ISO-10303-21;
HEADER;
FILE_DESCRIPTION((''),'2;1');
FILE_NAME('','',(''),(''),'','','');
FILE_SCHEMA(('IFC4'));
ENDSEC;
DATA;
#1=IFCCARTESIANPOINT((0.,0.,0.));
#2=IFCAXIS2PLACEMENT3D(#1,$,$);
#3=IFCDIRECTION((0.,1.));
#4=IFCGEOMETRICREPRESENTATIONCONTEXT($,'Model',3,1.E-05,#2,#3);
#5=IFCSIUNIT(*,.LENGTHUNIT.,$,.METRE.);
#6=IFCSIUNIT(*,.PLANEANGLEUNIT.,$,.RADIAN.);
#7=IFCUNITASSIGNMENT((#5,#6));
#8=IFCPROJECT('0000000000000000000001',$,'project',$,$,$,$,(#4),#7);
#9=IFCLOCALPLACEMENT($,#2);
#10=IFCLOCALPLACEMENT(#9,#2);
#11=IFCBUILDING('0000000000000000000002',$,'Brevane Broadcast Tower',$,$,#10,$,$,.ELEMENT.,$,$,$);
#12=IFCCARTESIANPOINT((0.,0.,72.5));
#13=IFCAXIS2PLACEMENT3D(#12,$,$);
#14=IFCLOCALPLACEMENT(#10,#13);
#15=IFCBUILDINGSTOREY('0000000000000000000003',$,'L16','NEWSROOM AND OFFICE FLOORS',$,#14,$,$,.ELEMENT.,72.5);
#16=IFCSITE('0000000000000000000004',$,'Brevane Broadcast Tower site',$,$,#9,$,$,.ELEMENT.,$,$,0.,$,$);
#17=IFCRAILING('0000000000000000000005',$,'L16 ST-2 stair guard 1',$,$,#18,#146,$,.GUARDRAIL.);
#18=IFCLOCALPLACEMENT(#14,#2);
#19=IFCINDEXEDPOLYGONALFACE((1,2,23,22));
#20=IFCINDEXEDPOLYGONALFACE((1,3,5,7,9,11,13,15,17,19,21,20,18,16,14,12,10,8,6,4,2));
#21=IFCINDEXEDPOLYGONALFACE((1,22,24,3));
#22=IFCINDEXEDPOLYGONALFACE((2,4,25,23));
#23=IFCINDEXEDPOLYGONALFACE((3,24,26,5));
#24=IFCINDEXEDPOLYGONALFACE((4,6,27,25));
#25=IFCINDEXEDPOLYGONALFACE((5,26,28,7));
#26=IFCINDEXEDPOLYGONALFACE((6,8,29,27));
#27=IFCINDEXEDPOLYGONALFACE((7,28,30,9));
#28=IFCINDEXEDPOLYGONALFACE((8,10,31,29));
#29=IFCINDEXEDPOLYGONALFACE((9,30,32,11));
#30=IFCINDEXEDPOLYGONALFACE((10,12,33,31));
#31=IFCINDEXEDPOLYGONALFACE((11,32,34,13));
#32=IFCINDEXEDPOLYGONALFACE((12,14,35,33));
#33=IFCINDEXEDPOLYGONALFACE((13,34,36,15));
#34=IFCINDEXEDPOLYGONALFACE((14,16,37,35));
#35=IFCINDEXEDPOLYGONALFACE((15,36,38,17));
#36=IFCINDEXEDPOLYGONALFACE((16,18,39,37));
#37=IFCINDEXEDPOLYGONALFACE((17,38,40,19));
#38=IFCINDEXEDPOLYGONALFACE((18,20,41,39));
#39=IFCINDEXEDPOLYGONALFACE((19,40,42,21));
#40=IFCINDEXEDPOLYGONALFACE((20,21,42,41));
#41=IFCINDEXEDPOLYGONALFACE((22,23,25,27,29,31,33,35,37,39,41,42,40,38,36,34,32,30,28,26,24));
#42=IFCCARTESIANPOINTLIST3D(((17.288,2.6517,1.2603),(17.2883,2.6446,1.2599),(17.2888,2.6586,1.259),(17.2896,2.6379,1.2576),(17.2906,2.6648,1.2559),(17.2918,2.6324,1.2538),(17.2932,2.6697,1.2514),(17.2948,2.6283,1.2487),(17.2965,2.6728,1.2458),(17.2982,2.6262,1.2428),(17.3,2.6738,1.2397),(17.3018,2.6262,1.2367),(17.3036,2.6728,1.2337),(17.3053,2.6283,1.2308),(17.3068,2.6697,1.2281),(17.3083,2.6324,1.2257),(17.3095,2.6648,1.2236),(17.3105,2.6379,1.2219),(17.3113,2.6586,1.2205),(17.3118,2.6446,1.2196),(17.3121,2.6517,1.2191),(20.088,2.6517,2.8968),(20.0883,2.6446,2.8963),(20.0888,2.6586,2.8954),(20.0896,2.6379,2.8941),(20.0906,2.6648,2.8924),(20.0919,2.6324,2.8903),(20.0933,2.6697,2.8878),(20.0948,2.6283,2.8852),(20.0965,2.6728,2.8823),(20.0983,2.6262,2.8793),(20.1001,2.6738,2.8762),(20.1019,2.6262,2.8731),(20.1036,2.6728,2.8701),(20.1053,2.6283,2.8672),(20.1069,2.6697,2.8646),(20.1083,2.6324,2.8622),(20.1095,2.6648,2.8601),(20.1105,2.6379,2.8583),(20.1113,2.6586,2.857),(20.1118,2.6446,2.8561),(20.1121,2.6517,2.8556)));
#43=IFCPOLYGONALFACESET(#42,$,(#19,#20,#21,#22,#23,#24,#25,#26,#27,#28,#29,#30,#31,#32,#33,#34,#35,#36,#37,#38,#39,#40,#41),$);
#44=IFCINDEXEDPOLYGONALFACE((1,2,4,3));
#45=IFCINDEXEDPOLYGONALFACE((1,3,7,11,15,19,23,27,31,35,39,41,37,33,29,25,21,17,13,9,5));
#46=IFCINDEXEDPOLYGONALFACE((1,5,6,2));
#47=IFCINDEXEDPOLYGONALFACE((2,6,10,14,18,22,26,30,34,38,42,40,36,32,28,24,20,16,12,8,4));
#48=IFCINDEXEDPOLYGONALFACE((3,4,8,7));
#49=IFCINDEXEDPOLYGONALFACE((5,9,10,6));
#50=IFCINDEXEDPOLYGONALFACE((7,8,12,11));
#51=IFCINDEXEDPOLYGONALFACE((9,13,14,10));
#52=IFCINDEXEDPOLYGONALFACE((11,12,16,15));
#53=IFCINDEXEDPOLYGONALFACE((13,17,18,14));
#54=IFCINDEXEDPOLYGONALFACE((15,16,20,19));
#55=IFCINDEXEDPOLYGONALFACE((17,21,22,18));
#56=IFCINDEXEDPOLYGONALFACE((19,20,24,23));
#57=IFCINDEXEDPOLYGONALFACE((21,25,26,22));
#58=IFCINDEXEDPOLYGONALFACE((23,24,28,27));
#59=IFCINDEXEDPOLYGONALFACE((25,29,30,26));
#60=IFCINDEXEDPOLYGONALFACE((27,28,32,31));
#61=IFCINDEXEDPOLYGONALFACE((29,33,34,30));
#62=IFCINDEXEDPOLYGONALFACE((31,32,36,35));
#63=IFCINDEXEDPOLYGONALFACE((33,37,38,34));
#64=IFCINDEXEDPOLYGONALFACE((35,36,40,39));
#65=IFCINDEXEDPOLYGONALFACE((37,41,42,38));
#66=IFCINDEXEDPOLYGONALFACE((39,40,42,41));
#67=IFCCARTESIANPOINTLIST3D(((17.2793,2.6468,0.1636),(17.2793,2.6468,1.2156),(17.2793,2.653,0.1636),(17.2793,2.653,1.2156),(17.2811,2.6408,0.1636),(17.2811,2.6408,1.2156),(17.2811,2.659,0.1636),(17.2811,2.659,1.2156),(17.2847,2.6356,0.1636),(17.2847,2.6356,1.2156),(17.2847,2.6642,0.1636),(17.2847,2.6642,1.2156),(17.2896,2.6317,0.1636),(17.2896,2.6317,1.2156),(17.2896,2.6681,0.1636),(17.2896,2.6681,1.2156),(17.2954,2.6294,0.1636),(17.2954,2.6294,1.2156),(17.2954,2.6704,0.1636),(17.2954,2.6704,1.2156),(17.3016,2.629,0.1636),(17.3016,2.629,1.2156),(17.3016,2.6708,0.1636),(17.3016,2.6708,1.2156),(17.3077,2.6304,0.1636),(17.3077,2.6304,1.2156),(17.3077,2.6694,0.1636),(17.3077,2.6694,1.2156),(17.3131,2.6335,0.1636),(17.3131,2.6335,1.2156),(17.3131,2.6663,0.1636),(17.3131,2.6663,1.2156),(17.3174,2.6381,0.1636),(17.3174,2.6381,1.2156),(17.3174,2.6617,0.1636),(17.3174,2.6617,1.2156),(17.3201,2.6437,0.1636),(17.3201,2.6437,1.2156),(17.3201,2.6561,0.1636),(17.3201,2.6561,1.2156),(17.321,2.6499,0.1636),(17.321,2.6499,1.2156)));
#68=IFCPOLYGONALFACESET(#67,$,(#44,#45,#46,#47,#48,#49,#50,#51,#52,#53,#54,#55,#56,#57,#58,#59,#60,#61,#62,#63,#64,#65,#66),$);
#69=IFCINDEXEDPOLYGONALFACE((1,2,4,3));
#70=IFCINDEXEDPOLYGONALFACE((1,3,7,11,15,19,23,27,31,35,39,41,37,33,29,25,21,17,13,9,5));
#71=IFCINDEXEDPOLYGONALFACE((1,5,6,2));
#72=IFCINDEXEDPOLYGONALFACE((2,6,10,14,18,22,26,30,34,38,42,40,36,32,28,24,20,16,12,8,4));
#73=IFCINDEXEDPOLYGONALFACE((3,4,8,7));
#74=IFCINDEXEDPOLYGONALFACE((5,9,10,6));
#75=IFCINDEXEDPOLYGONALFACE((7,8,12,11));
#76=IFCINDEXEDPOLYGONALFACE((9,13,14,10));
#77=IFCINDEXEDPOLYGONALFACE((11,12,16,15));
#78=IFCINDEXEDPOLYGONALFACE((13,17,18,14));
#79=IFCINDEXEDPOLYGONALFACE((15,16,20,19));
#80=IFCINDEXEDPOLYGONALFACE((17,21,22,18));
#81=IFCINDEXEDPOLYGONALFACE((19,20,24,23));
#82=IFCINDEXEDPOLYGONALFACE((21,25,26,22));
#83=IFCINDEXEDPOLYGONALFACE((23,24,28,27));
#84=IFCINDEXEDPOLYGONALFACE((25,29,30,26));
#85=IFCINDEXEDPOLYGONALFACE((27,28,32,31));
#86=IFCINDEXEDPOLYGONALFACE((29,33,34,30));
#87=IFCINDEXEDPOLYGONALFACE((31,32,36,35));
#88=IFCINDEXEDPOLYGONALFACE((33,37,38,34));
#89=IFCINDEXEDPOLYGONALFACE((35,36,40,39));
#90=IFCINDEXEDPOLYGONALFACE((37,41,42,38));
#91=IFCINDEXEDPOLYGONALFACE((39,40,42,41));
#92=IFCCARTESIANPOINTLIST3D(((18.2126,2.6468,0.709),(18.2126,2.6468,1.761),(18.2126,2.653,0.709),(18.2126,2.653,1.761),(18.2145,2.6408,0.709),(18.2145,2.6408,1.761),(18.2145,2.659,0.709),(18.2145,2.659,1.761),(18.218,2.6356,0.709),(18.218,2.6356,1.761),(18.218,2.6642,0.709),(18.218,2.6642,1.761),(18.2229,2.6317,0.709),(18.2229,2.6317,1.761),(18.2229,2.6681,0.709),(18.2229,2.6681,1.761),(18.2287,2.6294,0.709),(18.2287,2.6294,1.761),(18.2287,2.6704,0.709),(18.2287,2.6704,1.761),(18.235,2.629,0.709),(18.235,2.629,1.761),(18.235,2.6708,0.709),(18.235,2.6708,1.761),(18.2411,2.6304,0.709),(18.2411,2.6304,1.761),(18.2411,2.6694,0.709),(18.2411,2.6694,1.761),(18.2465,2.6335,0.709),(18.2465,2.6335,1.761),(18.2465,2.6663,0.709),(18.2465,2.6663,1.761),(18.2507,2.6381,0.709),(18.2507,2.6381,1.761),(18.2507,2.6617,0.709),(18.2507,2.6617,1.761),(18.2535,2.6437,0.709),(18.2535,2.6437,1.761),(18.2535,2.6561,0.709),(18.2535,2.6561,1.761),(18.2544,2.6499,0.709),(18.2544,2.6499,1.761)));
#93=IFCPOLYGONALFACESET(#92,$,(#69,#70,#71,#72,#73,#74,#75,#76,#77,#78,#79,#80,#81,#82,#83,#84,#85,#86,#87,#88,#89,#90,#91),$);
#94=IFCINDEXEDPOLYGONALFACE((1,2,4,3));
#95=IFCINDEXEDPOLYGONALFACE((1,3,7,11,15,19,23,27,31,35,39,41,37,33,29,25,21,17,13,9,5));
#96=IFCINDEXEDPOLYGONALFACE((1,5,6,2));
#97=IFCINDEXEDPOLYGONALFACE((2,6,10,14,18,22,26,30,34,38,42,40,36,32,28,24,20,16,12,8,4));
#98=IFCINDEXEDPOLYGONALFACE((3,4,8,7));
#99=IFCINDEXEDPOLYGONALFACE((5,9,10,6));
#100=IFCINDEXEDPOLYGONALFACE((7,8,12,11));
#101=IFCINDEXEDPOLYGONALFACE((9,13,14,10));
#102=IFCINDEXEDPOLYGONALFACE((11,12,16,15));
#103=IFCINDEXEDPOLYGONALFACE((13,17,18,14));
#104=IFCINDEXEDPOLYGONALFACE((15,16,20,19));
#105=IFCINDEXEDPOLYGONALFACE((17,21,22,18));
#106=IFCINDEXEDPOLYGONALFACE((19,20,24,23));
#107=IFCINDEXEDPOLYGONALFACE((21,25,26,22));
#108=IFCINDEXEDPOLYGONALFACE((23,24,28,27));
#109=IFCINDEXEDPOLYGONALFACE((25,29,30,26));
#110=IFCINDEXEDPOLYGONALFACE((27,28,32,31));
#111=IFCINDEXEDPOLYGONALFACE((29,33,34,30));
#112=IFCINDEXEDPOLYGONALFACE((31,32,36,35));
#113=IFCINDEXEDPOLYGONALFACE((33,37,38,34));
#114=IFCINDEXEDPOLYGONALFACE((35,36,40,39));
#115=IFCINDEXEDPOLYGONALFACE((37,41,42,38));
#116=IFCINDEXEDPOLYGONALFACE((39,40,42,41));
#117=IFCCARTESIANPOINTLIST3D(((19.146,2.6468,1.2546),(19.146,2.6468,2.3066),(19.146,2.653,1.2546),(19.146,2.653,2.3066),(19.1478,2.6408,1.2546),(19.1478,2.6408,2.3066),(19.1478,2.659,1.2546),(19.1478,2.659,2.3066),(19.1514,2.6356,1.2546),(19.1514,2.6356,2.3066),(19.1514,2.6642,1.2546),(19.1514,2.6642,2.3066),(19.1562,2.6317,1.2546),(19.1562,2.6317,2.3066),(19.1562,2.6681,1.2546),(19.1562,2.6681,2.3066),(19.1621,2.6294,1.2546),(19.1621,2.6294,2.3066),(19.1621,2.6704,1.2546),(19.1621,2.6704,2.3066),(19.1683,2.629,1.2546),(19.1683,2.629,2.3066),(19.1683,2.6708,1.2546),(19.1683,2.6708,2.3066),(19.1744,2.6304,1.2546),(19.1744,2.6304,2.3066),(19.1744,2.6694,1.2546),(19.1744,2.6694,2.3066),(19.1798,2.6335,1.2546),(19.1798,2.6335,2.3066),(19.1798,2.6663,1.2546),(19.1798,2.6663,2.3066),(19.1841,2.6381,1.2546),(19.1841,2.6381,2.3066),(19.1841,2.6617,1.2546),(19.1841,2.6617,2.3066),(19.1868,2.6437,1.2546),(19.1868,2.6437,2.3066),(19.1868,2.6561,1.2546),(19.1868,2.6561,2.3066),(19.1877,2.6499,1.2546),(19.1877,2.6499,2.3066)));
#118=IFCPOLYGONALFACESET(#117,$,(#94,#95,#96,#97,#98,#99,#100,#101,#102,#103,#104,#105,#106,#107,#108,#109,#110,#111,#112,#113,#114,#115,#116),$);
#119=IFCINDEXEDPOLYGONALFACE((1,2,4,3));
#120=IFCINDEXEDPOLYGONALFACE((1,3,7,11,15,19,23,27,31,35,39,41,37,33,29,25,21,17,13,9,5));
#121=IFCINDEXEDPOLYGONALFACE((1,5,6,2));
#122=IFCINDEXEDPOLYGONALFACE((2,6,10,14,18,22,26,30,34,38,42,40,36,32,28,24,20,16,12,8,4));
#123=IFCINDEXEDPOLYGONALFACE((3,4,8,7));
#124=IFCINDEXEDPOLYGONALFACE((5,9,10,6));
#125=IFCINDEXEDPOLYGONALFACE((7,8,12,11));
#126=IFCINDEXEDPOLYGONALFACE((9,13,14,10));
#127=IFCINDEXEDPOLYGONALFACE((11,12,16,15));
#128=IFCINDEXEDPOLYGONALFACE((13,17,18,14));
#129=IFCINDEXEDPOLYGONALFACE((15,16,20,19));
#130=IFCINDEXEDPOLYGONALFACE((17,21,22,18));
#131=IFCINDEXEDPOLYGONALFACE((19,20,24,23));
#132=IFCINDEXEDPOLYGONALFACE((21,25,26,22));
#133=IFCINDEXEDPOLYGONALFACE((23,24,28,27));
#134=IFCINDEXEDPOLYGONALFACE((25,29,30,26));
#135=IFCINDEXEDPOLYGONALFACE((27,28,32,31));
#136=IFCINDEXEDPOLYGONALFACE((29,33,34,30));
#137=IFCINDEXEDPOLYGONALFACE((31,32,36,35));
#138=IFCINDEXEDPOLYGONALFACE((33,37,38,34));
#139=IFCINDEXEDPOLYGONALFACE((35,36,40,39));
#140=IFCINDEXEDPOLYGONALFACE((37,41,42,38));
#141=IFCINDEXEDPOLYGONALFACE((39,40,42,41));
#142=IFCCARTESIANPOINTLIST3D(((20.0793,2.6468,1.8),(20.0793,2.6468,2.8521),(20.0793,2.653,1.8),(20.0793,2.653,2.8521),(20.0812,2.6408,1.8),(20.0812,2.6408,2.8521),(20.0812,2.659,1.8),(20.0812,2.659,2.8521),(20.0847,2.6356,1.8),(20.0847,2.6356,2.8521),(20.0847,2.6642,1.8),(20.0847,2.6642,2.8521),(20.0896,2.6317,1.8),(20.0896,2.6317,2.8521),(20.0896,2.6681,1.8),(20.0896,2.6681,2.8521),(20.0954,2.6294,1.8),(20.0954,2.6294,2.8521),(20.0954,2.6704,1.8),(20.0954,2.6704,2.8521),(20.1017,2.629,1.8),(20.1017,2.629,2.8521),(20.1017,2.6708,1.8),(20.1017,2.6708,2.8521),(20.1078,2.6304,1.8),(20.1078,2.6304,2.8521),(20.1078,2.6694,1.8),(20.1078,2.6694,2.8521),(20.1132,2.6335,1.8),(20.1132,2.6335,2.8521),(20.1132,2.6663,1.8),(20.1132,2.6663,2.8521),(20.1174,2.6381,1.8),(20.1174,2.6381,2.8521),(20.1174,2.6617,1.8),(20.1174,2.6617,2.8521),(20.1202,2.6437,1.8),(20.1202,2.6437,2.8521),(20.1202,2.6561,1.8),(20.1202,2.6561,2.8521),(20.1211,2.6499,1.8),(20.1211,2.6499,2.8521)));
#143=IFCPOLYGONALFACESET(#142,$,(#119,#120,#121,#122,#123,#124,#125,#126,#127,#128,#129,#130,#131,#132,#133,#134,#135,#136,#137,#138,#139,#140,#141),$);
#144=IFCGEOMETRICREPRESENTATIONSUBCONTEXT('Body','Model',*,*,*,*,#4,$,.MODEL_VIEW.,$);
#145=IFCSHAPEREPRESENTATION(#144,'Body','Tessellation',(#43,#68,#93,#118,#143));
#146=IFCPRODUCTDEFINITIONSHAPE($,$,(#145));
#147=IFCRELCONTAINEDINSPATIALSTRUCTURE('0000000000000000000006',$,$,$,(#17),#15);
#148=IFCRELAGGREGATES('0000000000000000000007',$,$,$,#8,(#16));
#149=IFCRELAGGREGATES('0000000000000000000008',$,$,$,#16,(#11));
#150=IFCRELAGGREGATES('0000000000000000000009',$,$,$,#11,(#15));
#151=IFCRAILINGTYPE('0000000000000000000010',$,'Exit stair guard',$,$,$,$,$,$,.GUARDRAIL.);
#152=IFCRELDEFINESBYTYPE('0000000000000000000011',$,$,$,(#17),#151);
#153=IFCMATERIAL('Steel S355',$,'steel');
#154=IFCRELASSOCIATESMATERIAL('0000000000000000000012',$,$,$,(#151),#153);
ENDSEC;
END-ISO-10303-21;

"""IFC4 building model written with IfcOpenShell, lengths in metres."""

from ifc_helpers import new_model, si_unit, direction, frame, origin, origin_2d, place, context, subcontext, project, spatial, circle, extrude, material, type_object, element, save


model = new_model("IFC4")

# Units and contexts
model_context = context("Model", 3, precision=1e-05, world=origin(), true_north=direction((0.0, 1.0)))
body_context = subcontext(model_context, "Body", "Model", "MODEL_VIEW")
ifc_project = project(units=[si_unit("LENGTHUNIT", "METRE"), si_unit("PLANEANGLEUNIT", "RADIAN")], contexts=[model_context])

# Site, building, storey
site_placement = place(None, origin())
site = spatial("IfcSite", under=ifc_project, at=site_placement, Name="Brevane Broadcast Tower site", CompositionType="ELEMENT", RefElevation=0.0)
building_placement = place(site_placement, origin())
building = spatial("IfcBuilding", under=site, at=building_placement, Name="Brevane Broadcast Tower", CompositionType="ELEMENT")
storey_placement = place(building_placement, frame((0.0, 0.0, 72.5)))
storey = spatial("IfcBuildingStorey", under=building, at=storey_placement, Name="L16", Description="NEWSROOM AND OFFICE FLOORS", CompositionType="ELEMENT", Elevation=72.5)

# Railing
ifc_material_1 = material(Name="Steel S355", Category="steel")
railing_type_1 = type_object("IfcRailingType", Name="Exit stair guard", PredefinedType="GUARDRAIL", material=ifc_material_1)
railing_1_placement = place(storey_placement, frame((17.3, 2.6499, 0.1636)))
element("IfcRailing", 1, at=railing_1_placement, inside=storey, type_object=railing_type_1, Name="L16 ST-2 stair guard 1", PredefinedType="GUARDRAIL", context=body_context, shape_type="SweptSolid", body=[
    extrude(circle(Radius=0.0239, at=origin_2d()), frame((0.0, 0.0, 1.0762), z_axis=(0.863361, 0.0, 0.504587), x_axis=(0.0, 1.0, 0.0)), (0.0, 0.0, 1.0), 3.2432),
    extrude(circle(Radius=0.021, at=origin_2d()), origin(), (0.0, 0.0, 1.0), 1.052),
    extrude(circle(Radius=0.021, at=origin_2d()), frame((0.9333, 0.0, 0.5454)), (0.0, 0.0, 1.0), 1.052),
    extrude(circle(Radius=0.021, at=origin_2d()), frame((1.8667, 0.0, 1.0911)), (0.0, 0.0, 1.0), 1.052),
    extrude(circle(Radius=0.021, at=origin_2d()), frame((2.8, 0.0, 1.6365)), (0.0, 0.0, 1.0), 1.052),
])

save(model, "model.ifc")
